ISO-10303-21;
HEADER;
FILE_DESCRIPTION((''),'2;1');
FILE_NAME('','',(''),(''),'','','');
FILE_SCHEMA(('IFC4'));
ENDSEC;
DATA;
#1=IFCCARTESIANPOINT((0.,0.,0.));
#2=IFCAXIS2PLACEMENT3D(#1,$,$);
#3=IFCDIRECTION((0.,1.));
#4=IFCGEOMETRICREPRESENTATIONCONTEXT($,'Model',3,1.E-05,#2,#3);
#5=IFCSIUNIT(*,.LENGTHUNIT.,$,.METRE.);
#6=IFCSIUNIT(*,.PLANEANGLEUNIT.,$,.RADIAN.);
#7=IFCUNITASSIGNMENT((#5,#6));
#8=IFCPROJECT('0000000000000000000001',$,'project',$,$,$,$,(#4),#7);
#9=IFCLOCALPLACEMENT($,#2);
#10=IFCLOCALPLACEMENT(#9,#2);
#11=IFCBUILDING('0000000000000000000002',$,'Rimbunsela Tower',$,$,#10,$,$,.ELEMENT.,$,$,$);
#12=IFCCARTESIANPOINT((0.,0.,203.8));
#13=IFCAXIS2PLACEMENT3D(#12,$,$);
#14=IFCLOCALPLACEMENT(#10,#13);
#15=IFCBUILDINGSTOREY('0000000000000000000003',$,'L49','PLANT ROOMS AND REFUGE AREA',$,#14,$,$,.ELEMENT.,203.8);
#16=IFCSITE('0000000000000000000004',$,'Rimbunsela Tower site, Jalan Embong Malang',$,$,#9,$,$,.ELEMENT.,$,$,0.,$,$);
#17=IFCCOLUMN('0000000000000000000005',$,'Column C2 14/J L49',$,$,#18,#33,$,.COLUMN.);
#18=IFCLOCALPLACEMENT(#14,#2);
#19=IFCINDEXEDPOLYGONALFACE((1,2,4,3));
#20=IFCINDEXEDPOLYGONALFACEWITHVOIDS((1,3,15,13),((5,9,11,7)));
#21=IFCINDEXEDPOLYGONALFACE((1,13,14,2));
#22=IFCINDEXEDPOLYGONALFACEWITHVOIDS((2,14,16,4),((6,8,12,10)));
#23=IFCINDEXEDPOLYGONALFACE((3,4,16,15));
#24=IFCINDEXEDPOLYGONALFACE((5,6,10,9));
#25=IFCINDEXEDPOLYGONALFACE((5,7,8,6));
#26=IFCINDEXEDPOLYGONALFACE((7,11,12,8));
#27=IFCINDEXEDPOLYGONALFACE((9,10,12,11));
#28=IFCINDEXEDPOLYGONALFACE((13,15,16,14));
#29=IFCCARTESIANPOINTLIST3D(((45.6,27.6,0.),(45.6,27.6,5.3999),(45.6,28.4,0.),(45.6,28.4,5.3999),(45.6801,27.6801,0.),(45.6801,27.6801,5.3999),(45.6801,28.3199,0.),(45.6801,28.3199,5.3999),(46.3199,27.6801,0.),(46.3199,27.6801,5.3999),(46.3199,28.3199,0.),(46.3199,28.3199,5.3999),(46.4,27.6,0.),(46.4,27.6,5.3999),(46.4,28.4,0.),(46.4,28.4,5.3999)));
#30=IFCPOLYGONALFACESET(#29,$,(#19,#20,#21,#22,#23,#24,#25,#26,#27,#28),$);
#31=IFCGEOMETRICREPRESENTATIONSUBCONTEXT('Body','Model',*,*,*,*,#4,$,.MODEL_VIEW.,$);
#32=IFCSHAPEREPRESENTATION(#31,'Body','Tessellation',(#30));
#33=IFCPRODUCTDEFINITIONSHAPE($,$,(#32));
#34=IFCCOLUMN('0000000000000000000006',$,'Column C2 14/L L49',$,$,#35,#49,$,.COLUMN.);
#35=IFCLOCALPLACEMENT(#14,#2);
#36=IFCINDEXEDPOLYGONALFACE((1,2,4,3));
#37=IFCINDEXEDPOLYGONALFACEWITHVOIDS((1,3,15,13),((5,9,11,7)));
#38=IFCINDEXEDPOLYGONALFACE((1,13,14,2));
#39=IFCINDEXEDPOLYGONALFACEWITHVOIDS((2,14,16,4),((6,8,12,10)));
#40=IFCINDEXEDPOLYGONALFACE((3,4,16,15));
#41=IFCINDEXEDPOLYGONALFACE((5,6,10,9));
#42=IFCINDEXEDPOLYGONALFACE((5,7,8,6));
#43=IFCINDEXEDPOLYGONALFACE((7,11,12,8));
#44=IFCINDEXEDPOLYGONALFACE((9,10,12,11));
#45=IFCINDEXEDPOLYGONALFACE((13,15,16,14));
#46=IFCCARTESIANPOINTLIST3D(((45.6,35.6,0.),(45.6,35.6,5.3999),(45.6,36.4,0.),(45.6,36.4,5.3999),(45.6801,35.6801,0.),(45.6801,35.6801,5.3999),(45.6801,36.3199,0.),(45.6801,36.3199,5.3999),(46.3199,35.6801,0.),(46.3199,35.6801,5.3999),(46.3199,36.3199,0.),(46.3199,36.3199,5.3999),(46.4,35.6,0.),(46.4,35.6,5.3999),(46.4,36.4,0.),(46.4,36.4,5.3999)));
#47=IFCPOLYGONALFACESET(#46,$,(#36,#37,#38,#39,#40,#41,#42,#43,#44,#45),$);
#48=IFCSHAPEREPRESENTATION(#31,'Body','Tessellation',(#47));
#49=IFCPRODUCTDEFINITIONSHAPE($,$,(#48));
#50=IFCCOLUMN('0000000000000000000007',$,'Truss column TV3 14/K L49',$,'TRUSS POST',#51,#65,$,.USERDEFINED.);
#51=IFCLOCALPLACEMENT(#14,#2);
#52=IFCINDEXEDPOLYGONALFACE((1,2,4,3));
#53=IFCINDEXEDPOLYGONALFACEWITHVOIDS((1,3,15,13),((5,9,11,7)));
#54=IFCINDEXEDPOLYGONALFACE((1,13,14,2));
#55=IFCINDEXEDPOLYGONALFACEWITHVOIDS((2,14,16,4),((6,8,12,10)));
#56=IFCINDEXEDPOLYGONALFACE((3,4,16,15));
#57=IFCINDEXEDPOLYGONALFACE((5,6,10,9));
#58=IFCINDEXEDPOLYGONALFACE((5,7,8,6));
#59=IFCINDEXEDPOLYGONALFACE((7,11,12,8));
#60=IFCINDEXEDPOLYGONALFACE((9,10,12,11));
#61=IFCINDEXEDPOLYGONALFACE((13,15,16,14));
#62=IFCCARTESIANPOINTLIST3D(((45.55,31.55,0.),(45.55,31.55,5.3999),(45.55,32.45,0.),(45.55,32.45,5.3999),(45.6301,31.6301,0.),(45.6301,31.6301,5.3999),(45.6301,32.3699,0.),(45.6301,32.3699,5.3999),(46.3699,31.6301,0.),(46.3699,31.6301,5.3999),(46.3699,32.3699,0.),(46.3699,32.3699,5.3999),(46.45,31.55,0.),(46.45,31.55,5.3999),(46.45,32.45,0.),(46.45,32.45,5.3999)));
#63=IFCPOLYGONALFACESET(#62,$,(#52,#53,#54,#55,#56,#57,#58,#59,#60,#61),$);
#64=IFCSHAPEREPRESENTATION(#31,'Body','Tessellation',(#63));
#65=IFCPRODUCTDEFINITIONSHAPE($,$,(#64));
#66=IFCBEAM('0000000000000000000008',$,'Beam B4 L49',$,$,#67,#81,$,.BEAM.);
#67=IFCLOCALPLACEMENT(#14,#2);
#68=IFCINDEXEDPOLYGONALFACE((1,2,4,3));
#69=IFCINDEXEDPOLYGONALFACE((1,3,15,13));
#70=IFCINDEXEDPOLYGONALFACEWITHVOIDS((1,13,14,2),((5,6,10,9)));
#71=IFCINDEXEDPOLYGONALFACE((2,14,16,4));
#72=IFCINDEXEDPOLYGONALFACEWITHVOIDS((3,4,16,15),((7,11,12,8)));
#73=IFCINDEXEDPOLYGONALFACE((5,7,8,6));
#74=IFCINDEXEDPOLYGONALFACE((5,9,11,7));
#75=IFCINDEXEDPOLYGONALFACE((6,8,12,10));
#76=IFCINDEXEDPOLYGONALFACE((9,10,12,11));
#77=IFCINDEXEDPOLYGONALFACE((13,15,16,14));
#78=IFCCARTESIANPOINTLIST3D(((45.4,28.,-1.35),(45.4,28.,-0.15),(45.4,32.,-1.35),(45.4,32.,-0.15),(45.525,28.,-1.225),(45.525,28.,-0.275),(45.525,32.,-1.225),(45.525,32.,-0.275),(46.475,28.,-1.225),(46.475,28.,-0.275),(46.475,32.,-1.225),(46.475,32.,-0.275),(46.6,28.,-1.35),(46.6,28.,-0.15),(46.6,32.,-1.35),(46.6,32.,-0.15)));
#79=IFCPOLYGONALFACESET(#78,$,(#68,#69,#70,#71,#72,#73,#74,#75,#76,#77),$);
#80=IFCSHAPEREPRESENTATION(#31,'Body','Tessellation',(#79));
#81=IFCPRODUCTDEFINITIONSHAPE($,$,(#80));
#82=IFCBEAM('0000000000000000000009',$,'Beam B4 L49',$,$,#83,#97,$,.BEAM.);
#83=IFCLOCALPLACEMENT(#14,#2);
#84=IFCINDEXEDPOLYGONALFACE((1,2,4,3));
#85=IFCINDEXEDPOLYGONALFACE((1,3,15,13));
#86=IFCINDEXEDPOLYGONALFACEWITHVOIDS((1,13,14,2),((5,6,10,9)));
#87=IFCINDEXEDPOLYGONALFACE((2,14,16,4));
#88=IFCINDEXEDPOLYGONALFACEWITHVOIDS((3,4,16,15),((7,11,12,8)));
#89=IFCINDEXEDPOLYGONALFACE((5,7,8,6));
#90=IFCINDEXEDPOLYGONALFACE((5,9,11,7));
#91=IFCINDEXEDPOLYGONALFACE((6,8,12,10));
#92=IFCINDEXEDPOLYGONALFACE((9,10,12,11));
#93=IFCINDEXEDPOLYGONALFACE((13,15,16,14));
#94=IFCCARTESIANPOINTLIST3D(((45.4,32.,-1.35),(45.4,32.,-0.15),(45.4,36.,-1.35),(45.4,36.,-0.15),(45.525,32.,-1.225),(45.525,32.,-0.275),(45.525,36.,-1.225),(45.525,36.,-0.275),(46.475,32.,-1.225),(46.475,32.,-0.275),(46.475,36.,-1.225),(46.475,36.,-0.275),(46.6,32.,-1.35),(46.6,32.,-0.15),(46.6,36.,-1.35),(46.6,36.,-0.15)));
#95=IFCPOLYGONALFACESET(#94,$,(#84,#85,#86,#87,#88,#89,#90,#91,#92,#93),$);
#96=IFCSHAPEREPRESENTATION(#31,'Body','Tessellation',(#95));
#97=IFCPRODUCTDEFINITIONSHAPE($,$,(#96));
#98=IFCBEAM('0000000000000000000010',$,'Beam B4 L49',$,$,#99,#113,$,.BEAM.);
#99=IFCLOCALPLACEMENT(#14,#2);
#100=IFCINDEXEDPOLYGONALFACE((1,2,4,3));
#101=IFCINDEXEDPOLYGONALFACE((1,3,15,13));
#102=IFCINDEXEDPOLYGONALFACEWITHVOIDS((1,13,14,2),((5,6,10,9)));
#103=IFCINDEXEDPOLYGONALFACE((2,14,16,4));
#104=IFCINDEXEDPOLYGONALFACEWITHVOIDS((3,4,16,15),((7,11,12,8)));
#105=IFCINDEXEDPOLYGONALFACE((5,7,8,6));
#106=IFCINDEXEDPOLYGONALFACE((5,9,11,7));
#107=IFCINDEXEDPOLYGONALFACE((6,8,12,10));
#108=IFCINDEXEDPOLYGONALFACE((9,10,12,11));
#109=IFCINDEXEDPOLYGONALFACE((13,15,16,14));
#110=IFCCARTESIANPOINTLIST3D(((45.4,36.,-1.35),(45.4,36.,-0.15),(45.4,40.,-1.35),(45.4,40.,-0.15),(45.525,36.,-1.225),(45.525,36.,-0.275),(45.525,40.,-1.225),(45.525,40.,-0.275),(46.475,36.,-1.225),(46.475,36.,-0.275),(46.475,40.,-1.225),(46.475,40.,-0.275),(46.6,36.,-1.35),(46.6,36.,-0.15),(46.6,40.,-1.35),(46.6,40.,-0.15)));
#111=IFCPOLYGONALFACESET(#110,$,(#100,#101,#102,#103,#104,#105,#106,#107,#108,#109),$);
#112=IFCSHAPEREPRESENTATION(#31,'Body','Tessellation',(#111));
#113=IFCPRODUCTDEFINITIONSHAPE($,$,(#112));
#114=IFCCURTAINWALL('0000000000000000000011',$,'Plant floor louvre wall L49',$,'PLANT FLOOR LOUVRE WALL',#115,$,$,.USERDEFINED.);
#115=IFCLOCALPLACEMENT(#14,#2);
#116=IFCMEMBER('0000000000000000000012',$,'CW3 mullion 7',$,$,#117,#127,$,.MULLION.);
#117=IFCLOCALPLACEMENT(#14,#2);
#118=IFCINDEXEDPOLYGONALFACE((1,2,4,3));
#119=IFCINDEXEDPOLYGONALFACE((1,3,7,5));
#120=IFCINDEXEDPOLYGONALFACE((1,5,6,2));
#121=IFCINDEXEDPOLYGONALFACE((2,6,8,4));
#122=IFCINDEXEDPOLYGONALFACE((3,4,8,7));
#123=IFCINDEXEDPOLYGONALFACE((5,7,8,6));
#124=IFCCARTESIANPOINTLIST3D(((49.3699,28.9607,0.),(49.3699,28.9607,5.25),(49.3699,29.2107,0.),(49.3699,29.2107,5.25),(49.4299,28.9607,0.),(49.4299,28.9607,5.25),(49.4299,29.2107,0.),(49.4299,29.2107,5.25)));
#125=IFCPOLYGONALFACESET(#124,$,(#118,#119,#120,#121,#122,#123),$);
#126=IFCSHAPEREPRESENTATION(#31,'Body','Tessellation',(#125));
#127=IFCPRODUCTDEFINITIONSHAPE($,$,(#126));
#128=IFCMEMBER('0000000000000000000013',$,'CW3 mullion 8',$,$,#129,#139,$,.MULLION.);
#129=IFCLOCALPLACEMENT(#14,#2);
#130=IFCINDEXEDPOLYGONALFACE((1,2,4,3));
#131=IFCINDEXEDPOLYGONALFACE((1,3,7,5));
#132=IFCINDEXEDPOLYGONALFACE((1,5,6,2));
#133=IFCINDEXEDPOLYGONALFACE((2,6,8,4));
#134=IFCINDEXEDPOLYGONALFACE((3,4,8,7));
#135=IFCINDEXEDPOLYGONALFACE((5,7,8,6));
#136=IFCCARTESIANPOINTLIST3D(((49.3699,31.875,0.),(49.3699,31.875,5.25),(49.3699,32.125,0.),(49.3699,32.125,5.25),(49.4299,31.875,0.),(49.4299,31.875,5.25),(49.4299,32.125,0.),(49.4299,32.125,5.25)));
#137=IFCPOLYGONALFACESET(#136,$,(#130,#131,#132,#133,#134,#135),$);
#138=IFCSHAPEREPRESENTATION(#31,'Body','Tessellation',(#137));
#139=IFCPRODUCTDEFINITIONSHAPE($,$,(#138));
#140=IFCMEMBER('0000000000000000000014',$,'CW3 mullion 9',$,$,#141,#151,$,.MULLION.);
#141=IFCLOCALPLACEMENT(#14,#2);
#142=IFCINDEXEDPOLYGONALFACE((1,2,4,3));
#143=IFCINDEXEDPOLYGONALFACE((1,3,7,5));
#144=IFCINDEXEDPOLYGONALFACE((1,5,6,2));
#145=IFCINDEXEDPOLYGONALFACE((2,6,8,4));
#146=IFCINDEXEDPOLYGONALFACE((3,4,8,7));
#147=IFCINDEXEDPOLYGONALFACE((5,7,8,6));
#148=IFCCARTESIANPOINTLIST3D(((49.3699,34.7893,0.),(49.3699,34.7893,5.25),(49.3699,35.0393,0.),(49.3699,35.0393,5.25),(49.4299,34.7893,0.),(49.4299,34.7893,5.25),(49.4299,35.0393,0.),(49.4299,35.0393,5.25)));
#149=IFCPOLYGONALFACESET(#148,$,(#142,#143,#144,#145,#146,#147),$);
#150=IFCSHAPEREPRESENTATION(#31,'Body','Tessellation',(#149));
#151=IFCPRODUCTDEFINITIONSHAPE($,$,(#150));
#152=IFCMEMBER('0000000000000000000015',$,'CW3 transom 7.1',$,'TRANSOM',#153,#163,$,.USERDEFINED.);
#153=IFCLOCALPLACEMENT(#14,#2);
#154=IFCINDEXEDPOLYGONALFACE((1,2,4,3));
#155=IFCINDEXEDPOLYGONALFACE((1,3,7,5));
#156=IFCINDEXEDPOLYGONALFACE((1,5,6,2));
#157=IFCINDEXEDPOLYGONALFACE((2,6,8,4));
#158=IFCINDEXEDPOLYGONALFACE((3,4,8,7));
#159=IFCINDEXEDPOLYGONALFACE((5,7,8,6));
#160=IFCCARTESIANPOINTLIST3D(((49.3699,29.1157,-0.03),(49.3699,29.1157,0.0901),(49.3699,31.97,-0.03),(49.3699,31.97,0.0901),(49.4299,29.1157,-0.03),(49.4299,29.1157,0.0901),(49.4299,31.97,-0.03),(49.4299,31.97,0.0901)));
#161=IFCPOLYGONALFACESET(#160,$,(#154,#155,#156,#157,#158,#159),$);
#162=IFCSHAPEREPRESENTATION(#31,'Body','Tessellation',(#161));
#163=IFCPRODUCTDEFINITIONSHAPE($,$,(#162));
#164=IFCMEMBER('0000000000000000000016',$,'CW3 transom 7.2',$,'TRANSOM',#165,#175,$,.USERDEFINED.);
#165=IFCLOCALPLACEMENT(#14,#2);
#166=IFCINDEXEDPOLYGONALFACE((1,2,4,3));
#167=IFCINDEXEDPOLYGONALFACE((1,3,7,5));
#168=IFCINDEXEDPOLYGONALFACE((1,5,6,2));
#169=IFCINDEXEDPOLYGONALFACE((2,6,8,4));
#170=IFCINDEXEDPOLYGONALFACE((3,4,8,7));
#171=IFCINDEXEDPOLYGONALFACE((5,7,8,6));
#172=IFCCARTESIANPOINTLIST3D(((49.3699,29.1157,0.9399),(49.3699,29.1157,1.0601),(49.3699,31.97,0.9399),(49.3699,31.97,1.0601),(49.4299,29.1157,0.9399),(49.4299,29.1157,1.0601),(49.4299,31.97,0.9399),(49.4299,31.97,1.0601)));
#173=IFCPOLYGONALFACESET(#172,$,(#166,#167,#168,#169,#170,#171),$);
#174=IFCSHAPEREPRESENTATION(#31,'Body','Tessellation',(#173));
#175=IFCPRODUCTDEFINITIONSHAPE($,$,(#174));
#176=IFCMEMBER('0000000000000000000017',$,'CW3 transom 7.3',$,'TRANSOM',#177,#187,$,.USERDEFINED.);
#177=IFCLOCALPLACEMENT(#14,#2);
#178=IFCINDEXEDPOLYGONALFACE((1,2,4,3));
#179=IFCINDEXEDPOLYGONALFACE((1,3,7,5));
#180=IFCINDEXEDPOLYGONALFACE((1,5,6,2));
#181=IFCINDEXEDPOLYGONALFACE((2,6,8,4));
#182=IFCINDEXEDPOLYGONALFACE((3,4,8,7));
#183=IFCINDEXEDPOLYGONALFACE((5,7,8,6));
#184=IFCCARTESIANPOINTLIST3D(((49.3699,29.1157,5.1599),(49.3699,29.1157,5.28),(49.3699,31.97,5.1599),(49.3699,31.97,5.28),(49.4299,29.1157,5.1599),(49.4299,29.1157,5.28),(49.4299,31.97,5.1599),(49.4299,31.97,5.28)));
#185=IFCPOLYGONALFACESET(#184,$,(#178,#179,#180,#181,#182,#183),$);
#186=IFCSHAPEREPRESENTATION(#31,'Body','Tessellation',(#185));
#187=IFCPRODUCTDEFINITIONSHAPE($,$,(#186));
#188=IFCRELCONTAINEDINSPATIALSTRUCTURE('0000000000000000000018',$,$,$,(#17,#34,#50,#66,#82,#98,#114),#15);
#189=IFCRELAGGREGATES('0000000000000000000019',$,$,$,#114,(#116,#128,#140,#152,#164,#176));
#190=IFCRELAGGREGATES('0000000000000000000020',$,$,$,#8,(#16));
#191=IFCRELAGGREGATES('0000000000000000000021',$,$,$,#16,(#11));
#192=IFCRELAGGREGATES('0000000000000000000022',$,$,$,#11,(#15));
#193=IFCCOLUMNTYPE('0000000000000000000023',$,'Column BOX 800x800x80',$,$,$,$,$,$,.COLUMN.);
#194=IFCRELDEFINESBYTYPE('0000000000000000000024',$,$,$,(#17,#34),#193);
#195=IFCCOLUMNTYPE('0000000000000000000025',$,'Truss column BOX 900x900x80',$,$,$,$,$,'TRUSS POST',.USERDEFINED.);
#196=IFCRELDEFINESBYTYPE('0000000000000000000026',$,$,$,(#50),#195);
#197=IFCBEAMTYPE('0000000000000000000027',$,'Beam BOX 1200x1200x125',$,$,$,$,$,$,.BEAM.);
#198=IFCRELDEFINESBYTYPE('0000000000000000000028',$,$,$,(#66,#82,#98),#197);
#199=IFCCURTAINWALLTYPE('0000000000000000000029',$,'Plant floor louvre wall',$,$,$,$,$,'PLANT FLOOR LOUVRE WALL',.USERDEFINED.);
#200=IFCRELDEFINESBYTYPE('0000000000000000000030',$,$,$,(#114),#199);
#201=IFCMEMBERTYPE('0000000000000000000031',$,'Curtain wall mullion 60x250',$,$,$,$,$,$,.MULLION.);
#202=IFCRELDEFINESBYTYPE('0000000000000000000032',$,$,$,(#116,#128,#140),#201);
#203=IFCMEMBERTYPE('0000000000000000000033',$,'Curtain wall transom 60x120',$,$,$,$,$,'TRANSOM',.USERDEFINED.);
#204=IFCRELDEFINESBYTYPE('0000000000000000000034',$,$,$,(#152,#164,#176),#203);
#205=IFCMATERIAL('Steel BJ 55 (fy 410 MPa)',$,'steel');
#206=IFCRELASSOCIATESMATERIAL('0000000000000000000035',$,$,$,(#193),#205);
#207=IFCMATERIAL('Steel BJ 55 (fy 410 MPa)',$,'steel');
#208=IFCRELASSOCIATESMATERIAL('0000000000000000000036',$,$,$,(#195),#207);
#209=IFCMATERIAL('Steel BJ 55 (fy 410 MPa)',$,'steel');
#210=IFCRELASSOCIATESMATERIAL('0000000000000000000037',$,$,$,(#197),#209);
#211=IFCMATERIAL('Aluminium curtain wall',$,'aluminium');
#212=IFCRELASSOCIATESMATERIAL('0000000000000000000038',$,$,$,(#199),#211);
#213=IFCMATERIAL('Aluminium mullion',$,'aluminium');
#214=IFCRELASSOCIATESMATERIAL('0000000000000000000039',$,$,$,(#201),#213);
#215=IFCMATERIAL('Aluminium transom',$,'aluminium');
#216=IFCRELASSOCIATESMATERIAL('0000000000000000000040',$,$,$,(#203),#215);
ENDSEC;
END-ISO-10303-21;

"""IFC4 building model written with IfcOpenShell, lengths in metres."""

from ifc_helpers import new_model, si_unit, direction, frame, origin, origin_2d, place, context, subcontext, project, spatial, rectangle, hollow_rectangle, extrude, material, material_profile, profile_set, type_object, element, aggregate, save


model = new_model("IFC4")

# Units and contexts
model_context = context("Model", 3, precision=1e-05, world=origin(), true_north=direction((0.0, 1.0)))
body_context = subcontext(model_context, "Body", "Model", "MODEL_VIEW")
ifc_project = project(units=[si_unit("LENGTHUNIT", "METRE"), si_unit("PLANEANGLEUNIT", "RADIAN")], contexts=[model_context])

# Site, building, storey
site_placement = place(None, origin())
site = spatial("IfcSite", under=ifc_project, at=site_placement, Name="Rimbunsela Tower site, Jalan Embong Malang", CompositionType="ELEMENT", RefElevation=0.0)
building_placement = place(site_placement, origin())
building = spatial("IfcBuilding", under=site, at=building_placement, Name="Rimbunsela Tower", CompositionType="ELEMENT")
storey_placement = place(building_placement, frame((0.0, 0.0, 203.8)))
storey = spatial("IfcBuildingStorey", under=building, at=storey_placement, Name="L49", Description="PLANT ROOMS AND REFUGE AREA", CompositionType="ELEMENT", Elevation=203.8)

# Columns
ifc_material_1 = material(Name="Steel BJ 55 (fy 410 MPa)", Category="steel")
ifc_material_profile_1 = material_profile(ifc_material_1, hollow_rectangle(XDim=0.8, YDim=0.8, WallThickness=0.0801, at=origin_2d()), Name="BOX 800x800x80")
ifc_profile_set_1 = profile_set([ifc_material_profile_1], Name="Steel BJ 55 (fy 410 MPa)")
column_type_1 = type_object("IfcColumnType", Name="Column BOX 800x800x80", PredefinedType="COLUMN", material=ifc_profile_set_1)
for number, where, z_axis, x_axis, name in (
    (1, (46.0, 28.0, 0.0), (0.0, 0.0, 1.0), (1.0, 0.0, 0.0), "Column C2 14/J L49"),
    (2, (46.0, 36.0, 0.0), (0.0, 0.0, 1.0), (1.0, 0.0, 0.0), "Column C2 14/L L49"),
):
    element("IfcColumn", number, at=place(storey_placement, frame(where, z_axis=z_axis, x_axis=x_axis)), inside=storey, type_object=column_type_1, Name=name, PredefinedType="COLUMN", context=body_context, shape_type="SweptSolid", body=[
        extrude(hollow_rectangle(XDim=0.8, YDim=0.8, WallThickness=0.0801, at=origin_2d()), origin(), (0.0, 0.0, 1.0), 5.3999),
    ])
ifc_material_2 = material(Name="Steel BJ 55 (fy 410 MPa)", Category="steel")
ifc_material_profile_2 = material_profile(ifc_material_2, hollow_rectangle(XDim=0.8999, YDim=0.8999, WallThickness=0.0801, at=origin_2d()), Name="BOX 900x900x80")
ifc_profile_set_2 = profile_set([ifc_material_profile_2], Name="Steel BJ 55 (fy 410 MPa)")
column_type_2 = type_object("IfcColumnType", Name="Truss column BOX 900x900x80", ElementType="TRUSS POST", PredefinedType="USERDEFINED", material=ifc_profile_set_2)
column_placement = place(storey_placement, frame((46.0, 32.0, 0.0), z_axis=(0.0, 0.0, 1.0), x_axis=(1.0, 0.0, 0.0)))
element("IfcColumn", 3, at=column_placement, inside=storey, type_object=column_type_2, Name="Truss column TV3 14/K L49", ObjectType="TRUSS POST", PredefinedType="USERDEFINED", context=body_context, shape_type="SweptSolid", body=[
    extrude(hollow_rectangle(XDim=0.8999, YDim=0.8999, WallThickness=0.0801, at=origin_2d()), origin(), (0.0, 0.0, 1.0), 5.3999),
])

# Beams
ifc_material_3 = material(Name="Steel BJ 55 (fy 410 MPa)", Category="steel")
ifc_material_profile_3 = material_profile(ifc_material_3, hollow_rectangle(XDim=1.2, YDim=1.2, WallThickness=0.125, at=origin_2d()), Name="BOX 1200x1200x125")
ifc_profile_set_3 = profile_set([ifc_material_profile_3], Name="Steel BJ 55 (fy 410 MPa)")
beam_type_1 = type_object("IfcBeamType", Name="Beam BOX 1200x1200x125", PredefinedType="BEAM", material=ifc_profile_set_3)
for number, where, z_axis, x_axis, name in (
    (4, (46.0, 28.0, -0.75), (0.0, 1.0, 0.0), (-1.0, 0.0, 0.0), "Beam B4 L49"),
    (5, (46.0, 32.0, -0.75), (0.0, 1.0, 0.0), (-1.0, 0.0, 0.0), "Beam B4 L49"),
    (6, (46.0, 36.0, -0.75), (0.0, 1.0, 0.0), (-1.0, 0.0, 0.0), "Beam B4 L49"),
):
    element("IfcBeam", number, at=place(storey_placement, frame(where, z_axis=z_axis, x_axis=x_axis)), inside=storey, type_object=beam_type_1, Name=name, PredefinedType="BEAM", context=body_context, shape_type="SweptSolid", body=[
        extrude(hollow_rectangle(XDim=1.2, YDim=1.2, WallThickness=0.125, at=origin_2d()), origin(), (0.0, 0.0, 1.0), 4.0),
    ])

# Curtain wall, members
ifc_material_4 = material(Name="Aluminium curtain wall", Category="aluminium")
curtain_wall_type = type_object("IfcCurtainWallType", Name="Plant floor louvre wall", ElementType="PLANT FLOOR LOUVRE WALL", PredefinedType="USERDEFINED", material=ifc_material_4)
curtain_wall_placement = place(storey_placement, origin())
curtain_wall = element("IfcCurtainWall", 7, at=curtain_wall_placement, inside=storey, type_object=curtain_wall_type, Name="Plant floor louvre wall L49", ObjectType="PLANT FLOOR LOUVRE WALL", PredefinedType="USERDEFINED")
ifc_material_5 = material(Name="Aluminium mullion", Category="aluminium")
ifc_material_profile_4 = material_profile(ifc_material_5, rectangle(XDim=0.0601, YDim=0.25, at=origin_2d()), Name="Mullion 60x250")
ifc_profile_set_4 = profile_set([ifc_material_profile_4], Name="Aluminium mullion")
member_type_1 = type_object("IfcMemberType", Name="Curtain wall mullion 60x250", PredefinedType="MULLION", material=ifc_profile_set_4)
member_1_placement = place(storey_placement, frame((49.3999, 29.0857, 0.0), z_axis=(0.0, 0.0, 1.0), x_axis=(-1.0, 0.0, 0.0)))
member_1 = element("IfcMember", 8, at=member_1_placement, type_object=member_type_1, Name="CW3 mullion 7", PredefinedType="MULLION", context=body_context, shape_type="SweptSolid", body=[
    extrude(rectangle(XDim=0.0601, YDim=0.25, at=origin_2d()), origin(), (0.0, 0.0, 1.0), 5.25),
])
member_2_placement = place(storey_placement, frame((49.3999, 32.0, 0.0), z_axis=(0.0, 0.0, 1.0), x_axis=(-1.0, 0.0, 0.0)))
member_2 = element("IfcMember", 9, at=member_2_placement, type_object=member_type_1, Name="CW3 mullion 8", PredefinedType="MULLION", context=body_context, shape_type="SweptSolid", body=[
    extrude(rectangle(XDim=0.0601, YDim=0.25, at=origin_2d()), origin(), (0.0, 0.0, 1.0), 5.25),
])
member_3_placement = place(storey_placement, frame((49.3999, 34.9143, 0.0), z_axis=(0.0, 0.0, 1.0), x_axis=(-1.0, 0.0, 0.0)))
member_3 = element("IfcMember", 10, at=member_3_placement, type_object=member_type_1, Name="CW3 mullion 9", PredefinedType="MULLION", context=body_context, shape_type="SweptSolid", body=[
    extrude(rectangle(XDim=0.0601, YDim=0.25, at=origin_2d()), origin(), (0.0, 0.0, 1.0), 5.25),
])
ifc_material_6 = material(Name="Aluminium transom", Category="aluminium")
ifc_material_profile_5 = material_profile(ifc_material_6, rectangle(XDim=0.0601, YDim=0.1201, at=origin_2d()), Name="Transom 60x120")
ifc_profile_set_5 = profile_set([ifc_material_profile_5], Name="Aluminium transom")
member_type_2 = type_object("IfcMemberType", Name="Curtain wall transom 60x120", ElementType="TRANSOM", PredefinedType="USERDEFINED", material=ifc_profile_set_5)
member_4_placement = place(storey_placement, frame((49.3999, 29.1157, 0.03), z_axis=(0.0, 1.0, 0.0), x_axis=(-1.0, 0.0, 0.0)))
member_4 = element("IfcMember", 11, at=member_4_placement, type_object=member_type_2, Name="CW3 transom 7.1", ObjectType="TRANSOM", PredefinedType="USERDEFINED", context=body_context, shape_type="SweptSolid", body=[
    extrude(rectangle(XDim=0.0601, YDim=0.1201, at=origin_2d()), origin(), (0.0, 0.0, 1.0), 2.8542),
])
member_5_placement = place(storey_placement, frame((49.3999, 29.1157, 1.0), z_axis=(0.0, 1.0, 0.0), x_axis=(-1.0, 0.0, 0.0)))
member_5 = element("IfcMember", 12, at=member_5_placement, type_object=member_type_2, Name="CW3 transom 7.2", ObjectType="TRANSOM", PredefinedType="USERDEFINED", context=body_context, shape_type="SweptSolid", body=[
    extrude(rectangle(XDim=0.0601, YDim=0.1201, at=origin_2d()), origin(), (0.0, 0.0, 1.0), 2.8542),
])
member_6_placement = place(storey_placement, frame((49.3999, 29.1157, 5.22), z_axis=(0.0, 1.0, 0.0), x_axis=(-1.0, 0.0, 0.0)))
member_6 = element("IfcMember", 13, at=member_6_placement, type_object=member_type_2, Name="CW3 transom 7.3", ObjectType="TRANSOM", PredefinedType="USERDEFINED", context=body_context, shape_type="SweptSolid", body=[
    extrude(rectangle(XDim=0.0601, YDim=0.1201, at=origin_2d()), origin(), (0.0, 0.0, 1.0), 2.8542),
])

aggregate(curtain_wall, [member_1, member_2, member_3, member_4, member_5, member_6])

save(model, "model.ifc")
